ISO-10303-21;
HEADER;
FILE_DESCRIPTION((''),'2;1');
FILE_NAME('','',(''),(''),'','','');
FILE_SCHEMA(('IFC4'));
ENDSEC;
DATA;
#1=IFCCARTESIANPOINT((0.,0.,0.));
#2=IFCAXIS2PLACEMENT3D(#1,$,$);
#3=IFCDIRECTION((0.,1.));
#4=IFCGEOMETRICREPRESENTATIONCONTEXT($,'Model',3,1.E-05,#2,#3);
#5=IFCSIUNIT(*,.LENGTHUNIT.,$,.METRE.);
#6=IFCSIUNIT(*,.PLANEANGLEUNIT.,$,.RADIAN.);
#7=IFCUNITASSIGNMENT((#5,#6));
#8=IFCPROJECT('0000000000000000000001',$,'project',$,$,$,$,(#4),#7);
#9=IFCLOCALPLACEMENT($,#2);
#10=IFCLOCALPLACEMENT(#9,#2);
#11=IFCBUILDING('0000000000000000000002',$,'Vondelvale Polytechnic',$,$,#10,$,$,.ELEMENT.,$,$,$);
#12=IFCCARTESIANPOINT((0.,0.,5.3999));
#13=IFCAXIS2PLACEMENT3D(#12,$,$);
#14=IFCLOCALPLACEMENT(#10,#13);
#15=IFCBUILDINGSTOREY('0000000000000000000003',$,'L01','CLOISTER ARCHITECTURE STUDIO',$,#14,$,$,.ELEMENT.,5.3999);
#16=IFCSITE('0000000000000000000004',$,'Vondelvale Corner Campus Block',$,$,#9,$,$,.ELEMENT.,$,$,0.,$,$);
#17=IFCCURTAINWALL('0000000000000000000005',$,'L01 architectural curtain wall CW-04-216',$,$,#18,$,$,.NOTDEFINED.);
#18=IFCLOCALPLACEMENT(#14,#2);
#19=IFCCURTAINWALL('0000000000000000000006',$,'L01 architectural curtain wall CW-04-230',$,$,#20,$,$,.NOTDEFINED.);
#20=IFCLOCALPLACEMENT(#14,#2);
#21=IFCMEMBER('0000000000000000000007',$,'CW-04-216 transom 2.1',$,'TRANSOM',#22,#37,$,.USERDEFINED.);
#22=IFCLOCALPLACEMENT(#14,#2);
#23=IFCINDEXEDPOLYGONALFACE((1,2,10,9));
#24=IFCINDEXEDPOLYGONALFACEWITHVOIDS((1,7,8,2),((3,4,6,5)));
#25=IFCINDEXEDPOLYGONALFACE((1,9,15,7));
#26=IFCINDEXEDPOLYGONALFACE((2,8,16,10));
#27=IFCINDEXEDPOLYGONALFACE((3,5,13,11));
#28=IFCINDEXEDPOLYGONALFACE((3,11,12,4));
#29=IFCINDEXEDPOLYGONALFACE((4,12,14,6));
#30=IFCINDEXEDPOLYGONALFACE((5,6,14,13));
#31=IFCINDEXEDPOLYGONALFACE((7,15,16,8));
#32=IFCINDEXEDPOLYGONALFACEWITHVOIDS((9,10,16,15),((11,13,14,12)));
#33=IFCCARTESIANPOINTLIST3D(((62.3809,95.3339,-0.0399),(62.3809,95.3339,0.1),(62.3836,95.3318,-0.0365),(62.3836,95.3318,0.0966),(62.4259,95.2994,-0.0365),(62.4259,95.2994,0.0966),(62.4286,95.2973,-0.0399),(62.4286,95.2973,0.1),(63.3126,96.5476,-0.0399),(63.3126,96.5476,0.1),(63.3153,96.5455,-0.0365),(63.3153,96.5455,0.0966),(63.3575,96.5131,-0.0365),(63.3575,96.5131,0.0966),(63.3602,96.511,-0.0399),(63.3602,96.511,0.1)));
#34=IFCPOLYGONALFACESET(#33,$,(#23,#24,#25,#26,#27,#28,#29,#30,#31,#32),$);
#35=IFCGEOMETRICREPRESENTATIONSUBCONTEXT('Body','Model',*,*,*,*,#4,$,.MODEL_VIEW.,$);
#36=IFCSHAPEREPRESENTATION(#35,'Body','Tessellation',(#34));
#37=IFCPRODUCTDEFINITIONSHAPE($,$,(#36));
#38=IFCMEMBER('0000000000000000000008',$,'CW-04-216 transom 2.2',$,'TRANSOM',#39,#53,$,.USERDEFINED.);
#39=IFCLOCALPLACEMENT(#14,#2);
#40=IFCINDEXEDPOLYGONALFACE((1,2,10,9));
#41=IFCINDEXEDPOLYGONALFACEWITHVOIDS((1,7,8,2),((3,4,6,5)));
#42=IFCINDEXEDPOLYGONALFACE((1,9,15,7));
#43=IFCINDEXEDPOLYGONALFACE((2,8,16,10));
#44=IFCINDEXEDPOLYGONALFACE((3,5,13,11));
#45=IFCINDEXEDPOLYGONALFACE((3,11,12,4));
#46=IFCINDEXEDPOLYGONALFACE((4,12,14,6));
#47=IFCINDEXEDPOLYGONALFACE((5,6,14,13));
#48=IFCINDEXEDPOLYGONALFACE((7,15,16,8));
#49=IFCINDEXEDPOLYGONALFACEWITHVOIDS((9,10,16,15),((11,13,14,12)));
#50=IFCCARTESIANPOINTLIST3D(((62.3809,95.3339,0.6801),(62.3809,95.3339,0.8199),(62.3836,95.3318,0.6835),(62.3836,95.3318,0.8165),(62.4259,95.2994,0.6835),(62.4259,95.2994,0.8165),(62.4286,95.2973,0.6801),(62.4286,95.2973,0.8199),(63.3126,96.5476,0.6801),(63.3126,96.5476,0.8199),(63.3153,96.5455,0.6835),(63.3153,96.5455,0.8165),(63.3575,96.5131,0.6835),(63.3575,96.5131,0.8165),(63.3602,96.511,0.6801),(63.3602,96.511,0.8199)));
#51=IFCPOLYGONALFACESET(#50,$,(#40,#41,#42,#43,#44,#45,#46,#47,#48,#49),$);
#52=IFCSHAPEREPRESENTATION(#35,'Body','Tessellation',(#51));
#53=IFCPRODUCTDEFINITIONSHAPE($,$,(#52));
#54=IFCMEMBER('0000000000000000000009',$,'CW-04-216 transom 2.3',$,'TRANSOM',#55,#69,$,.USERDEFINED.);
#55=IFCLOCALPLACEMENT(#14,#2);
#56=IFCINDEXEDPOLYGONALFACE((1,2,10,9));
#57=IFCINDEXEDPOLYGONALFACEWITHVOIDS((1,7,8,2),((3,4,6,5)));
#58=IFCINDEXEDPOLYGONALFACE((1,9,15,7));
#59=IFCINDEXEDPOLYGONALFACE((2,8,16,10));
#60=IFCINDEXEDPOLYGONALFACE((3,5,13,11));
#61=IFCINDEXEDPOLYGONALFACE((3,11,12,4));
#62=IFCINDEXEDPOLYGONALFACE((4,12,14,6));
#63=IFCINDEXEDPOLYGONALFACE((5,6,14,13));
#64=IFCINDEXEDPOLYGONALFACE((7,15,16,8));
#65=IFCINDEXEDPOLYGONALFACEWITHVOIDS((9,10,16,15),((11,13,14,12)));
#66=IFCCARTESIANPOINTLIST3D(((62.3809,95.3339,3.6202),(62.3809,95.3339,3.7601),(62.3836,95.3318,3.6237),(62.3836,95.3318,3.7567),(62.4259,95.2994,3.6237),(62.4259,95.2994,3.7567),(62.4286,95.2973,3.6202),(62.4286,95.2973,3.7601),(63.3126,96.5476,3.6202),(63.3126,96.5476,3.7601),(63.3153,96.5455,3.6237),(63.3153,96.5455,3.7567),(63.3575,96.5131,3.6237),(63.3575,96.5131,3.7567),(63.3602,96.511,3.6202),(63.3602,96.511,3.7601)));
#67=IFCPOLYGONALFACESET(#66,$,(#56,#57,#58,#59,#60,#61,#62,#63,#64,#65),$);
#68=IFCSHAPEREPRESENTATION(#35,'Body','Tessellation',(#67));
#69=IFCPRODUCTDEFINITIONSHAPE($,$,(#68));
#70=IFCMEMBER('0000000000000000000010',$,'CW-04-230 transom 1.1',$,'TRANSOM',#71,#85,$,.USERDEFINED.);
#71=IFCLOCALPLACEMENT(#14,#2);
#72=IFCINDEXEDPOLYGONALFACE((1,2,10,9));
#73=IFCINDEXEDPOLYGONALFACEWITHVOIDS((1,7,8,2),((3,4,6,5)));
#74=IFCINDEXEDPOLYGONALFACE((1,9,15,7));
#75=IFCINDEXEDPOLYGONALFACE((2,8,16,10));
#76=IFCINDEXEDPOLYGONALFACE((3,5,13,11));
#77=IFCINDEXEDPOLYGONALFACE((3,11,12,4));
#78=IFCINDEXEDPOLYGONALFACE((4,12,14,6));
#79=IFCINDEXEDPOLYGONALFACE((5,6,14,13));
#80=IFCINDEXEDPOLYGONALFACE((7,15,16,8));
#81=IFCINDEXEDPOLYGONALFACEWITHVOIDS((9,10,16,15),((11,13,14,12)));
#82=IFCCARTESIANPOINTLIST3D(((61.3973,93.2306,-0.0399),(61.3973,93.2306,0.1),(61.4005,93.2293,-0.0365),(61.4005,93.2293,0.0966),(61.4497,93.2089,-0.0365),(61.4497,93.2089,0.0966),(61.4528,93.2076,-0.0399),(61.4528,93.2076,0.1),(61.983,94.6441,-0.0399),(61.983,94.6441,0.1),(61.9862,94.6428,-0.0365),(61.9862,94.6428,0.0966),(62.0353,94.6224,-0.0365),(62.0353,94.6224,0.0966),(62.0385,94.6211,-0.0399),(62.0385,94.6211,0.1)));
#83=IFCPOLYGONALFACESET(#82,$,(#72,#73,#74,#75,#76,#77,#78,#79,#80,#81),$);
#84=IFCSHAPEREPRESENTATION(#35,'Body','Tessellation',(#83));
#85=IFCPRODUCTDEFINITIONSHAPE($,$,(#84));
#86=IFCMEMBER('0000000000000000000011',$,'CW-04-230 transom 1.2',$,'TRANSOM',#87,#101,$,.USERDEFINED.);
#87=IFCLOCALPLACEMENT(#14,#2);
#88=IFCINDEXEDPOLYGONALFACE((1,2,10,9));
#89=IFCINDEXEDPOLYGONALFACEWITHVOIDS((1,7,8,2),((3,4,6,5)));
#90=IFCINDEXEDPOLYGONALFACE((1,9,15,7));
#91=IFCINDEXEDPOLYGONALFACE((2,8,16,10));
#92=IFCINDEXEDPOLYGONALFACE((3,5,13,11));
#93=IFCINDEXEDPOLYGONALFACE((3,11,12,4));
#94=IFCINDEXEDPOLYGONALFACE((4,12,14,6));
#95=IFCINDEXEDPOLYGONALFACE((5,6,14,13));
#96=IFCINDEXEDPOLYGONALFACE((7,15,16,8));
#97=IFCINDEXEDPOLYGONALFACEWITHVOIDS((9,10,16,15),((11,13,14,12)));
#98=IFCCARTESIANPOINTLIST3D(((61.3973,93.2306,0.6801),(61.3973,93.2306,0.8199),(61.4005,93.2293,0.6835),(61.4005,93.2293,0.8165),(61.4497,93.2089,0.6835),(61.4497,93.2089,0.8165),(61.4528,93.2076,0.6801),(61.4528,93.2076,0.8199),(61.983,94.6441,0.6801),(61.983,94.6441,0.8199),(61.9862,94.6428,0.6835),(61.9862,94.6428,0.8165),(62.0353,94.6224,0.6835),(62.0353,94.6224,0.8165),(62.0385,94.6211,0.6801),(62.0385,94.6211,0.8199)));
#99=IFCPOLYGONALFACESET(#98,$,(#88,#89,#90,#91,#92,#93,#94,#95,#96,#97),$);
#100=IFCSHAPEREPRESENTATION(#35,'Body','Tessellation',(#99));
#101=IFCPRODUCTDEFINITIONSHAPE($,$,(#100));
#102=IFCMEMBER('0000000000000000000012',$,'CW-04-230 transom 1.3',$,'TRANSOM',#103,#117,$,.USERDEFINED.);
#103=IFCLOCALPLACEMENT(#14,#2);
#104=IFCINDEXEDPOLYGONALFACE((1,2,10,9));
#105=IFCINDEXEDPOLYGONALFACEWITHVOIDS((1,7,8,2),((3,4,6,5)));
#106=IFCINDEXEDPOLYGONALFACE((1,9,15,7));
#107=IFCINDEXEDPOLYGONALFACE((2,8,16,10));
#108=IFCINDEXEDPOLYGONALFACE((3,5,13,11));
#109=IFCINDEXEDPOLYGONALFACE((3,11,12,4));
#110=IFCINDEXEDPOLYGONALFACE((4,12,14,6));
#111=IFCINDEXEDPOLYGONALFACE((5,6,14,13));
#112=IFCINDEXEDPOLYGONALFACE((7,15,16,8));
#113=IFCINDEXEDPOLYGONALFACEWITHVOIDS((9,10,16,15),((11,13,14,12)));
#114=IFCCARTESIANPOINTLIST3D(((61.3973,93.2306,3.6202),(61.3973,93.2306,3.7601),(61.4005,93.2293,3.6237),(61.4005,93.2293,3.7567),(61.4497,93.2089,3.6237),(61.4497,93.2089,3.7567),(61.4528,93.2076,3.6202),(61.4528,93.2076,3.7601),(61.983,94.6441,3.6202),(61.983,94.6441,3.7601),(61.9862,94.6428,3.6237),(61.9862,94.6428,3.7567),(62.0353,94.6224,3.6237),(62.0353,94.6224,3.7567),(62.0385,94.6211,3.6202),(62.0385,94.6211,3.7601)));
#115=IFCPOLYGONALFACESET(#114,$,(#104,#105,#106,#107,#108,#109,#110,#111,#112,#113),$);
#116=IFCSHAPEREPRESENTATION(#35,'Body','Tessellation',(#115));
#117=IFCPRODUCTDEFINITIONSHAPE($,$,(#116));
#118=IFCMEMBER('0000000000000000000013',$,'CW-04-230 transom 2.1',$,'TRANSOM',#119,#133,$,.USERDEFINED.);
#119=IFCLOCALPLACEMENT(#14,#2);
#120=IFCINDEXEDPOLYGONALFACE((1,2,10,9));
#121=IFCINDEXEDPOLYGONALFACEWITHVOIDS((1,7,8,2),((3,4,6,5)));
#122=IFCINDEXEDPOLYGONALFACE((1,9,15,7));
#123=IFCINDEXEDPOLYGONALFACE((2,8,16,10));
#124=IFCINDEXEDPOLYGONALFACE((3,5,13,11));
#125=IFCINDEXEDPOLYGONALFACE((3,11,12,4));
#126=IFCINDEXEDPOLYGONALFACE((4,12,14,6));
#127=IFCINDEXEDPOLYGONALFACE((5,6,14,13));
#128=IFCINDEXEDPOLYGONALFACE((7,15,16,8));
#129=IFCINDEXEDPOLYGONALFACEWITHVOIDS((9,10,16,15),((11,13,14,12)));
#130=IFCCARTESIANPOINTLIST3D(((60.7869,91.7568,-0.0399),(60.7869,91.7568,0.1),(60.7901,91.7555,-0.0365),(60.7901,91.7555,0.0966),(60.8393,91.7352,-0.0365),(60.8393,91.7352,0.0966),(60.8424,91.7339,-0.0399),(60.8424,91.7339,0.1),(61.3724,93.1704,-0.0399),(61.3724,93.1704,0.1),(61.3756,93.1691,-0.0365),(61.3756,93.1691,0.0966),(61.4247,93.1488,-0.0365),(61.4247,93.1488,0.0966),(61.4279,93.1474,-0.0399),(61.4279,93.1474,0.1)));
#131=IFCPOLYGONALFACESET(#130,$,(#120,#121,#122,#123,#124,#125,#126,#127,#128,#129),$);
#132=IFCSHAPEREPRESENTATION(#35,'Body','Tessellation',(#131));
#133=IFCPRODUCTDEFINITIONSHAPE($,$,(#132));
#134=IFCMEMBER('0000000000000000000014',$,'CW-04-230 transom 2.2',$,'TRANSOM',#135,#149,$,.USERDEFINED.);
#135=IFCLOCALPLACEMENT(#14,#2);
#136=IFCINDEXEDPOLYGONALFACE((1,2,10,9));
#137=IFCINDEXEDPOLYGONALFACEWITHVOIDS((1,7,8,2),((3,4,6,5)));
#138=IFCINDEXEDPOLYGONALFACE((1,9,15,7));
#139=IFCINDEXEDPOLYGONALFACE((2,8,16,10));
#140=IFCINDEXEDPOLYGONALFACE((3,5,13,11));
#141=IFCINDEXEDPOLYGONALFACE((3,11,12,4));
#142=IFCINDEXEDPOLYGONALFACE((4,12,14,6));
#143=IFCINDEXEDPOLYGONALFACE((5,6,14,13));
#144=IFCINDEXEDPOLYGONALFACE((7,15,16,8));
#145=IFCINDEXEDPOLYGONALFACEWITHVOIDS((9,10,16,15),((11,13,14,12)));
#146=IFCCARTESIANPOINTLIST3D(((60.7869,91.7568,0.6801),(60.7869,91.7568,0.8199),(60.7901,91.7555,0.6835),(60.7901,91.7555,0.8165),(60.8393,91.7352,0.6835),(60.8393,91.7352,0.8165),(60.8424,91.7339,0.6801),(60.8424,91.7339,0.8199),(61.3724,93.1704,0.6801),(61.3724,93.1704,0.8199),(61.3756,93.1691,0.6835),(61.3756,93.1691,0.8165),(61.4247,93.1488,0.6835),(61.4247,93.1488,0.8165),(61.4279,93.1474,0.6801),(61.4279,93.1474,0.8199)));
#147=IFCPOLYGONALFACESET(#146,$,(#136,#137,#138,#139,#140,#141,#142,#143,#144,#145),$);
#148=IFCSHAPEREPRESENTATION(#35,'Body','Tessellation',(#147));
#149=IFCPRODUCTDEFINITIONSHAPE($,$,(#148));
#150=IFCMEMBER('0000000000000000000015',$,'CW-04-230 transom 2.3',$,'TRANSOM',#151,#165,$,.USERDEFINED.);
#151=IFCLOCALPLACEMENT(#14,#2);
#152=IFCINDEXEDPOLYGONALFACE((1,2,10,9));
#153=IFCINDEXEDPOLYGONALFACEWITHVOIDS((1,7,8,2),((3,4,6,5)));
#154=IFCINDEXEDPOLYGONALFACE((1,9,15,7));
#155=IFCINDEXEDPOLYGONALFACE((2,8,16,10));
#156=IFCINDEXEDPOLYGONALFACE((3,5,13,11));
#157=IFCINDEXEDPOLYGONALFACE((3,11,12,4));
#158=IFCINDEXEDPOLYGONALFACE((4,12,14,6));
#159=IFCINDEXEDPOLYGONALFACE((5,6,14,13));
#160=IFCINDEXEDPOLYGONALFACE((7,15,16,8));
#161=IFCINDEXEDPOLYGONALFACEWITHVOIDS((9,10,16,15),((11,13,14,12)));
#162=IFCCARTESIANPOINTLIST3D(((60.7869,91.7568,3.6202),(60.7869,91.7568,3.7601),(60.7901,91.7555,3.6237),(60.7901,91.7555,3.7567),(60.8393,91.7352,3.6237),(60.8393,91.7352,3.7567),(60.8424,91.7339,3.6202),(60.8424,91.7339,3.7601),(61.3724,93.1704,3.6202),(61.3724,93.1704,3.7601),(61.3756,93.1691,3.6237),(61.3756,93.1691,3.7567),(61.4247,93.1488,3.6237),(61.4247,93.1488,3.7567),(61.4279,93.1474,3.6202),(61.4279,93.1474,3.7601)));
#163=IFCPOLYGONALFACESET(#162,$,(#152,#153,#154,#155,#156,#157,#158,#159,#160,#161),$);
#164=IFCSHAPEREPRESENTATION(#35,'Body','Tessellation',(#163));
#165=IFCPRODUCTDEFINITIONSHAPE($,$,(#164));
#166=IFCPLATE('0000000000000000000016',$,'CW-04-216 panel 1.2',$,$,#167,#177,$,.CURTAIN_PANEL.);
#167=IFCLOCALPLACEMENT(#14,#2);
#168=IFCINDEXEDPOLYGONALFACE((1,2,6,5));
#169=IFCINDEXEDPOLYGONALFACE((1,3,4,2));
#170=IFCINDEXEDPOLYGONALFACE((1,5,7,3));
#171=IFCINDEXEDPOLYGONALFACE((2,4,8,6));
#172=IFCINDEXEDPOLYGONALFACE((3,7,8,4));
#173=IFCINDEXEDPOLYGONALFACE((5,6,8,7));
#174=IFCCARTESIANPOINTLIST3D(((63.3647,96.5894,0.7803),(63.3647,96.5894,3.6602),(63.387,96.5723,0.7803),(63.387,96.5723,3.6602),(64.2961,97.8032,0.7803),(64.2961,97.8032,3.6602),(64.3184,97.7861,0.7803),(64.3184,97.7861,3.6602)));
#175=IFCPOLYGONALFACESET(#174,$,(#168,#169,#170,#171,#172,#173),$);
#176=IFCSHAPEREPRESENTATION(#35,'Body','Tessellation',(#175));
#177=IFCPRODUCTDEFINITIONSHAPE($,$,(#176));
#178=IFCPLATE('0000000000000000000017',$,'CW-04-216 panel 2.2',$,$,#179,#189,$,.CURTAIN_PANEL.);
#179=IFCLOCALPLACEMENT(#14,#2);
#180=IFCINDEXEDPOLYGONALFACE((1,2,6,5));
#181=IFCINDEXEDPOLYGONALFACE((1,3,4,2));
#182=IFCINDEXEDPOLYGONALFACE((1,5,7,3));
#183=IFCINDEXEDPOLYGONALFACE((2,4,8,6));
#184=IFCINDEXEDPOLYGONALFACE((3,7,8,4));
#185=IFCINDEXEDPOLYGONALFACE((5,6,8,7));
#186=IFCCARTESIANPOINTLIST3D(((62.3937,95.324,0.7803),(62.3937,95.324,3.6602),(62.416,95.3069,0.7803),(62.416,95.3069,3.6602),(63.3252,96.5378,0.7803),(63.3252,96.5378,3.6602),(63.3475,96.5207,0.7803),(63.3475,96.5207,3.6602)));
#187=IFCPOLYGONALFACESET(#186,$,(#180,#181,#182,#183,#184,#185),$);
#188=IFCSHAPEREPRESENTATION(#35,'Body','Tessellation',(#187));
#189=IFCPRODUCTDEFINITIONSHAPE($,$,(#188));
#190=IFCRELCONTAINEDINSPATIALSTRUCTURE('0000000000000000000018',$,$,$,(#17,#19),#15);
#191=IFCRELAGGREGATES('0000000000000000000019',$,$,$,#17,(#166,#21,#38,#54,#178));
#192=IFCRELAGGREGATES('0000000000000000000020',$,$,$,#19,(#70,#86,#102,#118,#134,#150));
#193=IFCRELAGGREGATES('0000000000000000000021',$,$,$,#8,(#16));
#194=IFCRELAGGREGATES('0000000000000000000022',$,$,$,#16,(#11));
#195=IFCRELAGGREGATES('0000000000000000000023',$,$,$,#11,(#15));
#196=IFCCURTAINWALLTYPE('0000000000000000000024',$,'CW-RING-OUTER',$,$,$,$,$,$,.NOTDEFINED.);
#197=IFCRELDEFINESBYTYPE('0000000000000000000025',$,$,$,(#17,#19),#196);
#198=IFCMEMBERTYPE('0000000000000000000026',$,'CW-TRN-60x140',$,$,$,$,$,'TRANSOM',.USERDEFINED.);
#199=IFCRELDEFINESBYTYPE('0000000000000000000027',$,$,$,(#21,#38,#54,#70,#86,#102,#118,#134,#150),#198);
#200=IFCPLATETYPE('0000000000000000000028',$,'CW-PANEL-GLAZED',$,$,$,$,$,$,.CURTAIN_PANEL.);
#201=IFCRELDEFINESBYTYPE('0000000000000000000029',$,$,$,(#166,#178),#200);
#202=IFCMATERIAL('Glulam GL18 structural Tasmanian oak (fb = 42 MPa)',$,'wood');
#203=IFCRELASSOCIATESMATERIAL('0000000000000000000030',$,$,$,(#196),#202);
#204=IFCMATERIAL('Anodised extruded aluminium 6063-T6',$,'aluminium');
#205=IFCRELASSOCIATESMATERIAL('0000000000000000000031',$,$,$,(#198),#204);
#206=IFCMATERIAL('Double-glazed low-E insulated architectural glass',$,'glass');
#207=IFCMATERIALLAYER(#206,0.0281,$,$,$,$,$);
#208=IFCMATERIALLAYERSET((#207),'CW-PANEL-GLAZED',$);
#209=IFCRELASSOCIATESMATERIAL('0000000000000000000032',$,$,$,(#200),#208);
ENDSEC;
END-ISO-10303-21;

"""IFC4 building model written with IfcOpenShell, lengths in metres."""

from ifc_helpers import new_model, si_unit, direction, frame, origin, origin_2d, place, context, subcontext, project, spatial, rectangle, hollow_rectangle, extrude, material, layer, layer_set, material_profile, profile_set, type_object, element, aggregate, save


model = new_model("IFC4")

# Units and contexts
model_context = context("Model", 3, precision=1e-05, world=origin(), true_north=direction((0.0, 1.0)))
body_context = subcontext(model_context, "Body", "Model", "MODEL_VIEW")
ifc_project = project(units=[si_unit("LENGTHUNIT", "METRE"), si_unit("PLANEANGLEUNIT", "RADIAN")], contexts=[model_context])

# Site, building, storey
site_placement = place(None, origin())
site = spatial("IfcSite", under=ifc_project, at=site_placement, Name="Vondelvale Corner Campus Block", CompositionType="ELEMENT", RefElevation=0.0)
building_placement = place(site_placement, origin())
building = spatial("IfcBuilding", under=site, at=building_placement, Name="Vondelvale Polytechnic", CompositionType="ELEMENT")
storey_placement = place(building_placement, frame((0.0, 0.0, 5.3999)))
storey = spatial("IfcBuildingStorey", under=building, at=storey_placement, Name="L01", Description="CLOISTER ARCHITECTURE STUDIO", CompositionType="ELEMENT", Elevation=5.3999)

# Curtain walls
ifc_material_1 = material(Name="Glulam GL18 structural Tasmanian oak (fb = 42 MPa)", Category="wood")
curtain_wall_type = type_object("IfcCurtainWallType", Name="CW-RING-OUTER", PredefinedType="NOTDEFINED", material=ifc_material_1)
curtain_wall_1_placement = place(storey_placement, origin())
curtain_wall_1 = element("IfcCurtainWall", 1, at=curtain_wall_1_placement, inside=storey, type_object=curtain_wall_type, Name="L01 architectural curtain wall CW-04-216", PredefinedType="NOTDEFINED")
ifc_material_2 = material(Name="Anodised extruded aluminium 6063-T6", Category="aluminium")
curtain_wall_2_placement = place(storey_placement, origin())
curtain_wall_2 = element("IfcCurtainWall", 2, at=curtain_wall_2_placement, inside=storey, type_object=curtain_wall_type, Name="L01 architectural curtain wall CW-04-230", PredefinedType="NOTDEFINED")

# Members
ifc_material_profile_1 = material_profile(ifc_material_2, hollow_rectangle(XDim=0.0601, YDim=0.1399, WallThickness=0.0034, at=origin_2d()), Name="CW-TRN-140x60")
ifc_profile_set_1 = profile_set([ifc_material_profile_1], Name="Anodised extruded aluminium 6063-T6")
member_type_1 = type_object("IfcMemberType", Name="CW-TRN-60x140", ElementType="TRANSOM", PredefinedType="USERDEFINED", material=ifc_profile_set_1)
member_1_placement = place(storey_placement, frame((63.3364, 96.5293, 0.03), z_axis=(-0.608924, -0.793229, 0.0), x_axis=(0.793229, -0.608924, 0.0)))
member_1 = element("IfcMember", 3, at=member_1_placement, type_object=member_type_1, Name="CW-04-216 transom 2.1", ObjectType="TRANSOM", PredefinedType="USERDEFINED", context=body_context, shape_type="SweptSolid", body=[
    extrude(hollow_rectangle(XDim=0.0601, YDim=0.1399, WallThickness=0.0034, at=origin_2d()), origin(), (0.0, 0.0, 1.0), 1.53),
])
member_2_placement = place(storey_placement, frame((63.3364, 96.5293, 0.75), z_axis=(-0.608924, -0.793229, 0.0), x_axis=(0.793229, -0.608924, 0.0)))
member_2 = element("IfcMember", 4, at=member_2_placement, type_object=member_type_1, Name="CW-04-216 transom 2.2", ObjectType="TRANSOM", PredefinedType="USERDEFINED", context=body_context, shape_type="SweptSolid", body=[
    extrude(hollow_rectangle(XDim=0.0601, YDim=0.1399, WallThickness=0.0034, at=origin_2d()), origin(), (0.0, 0.0, 1.0), 1.53),
])
member_3_placement = place(storey_placement, frame((63.3364, 96.5293, 3.6902), z_axis=(-0.608924, -0.793229, 0.0), x_axis=(0.793229, -0.608924, 0.0)))
member_3 = element("IfcMember", 5, at=member_3_placement, type_object=member_type_1, Name="CW-04-216 transom 2.3", ObjectType="TRANSOM", PredefinedType="USERDEFINED", context=body_context, shape_type="SweptSolid", body=[
    extrude(hollow_rectangle(XDim=0.0601, YDim=0.1399, WallThickness=0.0034, at=origin_2d()), origin(), (0.0, 0.0, 1.0), 1.53),
])
member_4_placement = place(storey_placement, frame((62.0107, 94.6326, 0.03), z_axis=(-0.382779, -0.92384, 0.0), x_axis=(0.92384, -0.382779, 0.0)))
member_4 = element("IfcMember", 6, at=member_4_placement, type_object=member_type_1, Name="CW-04-230 transom 1.1", ObjectType="TRANSOM", PredefinedType="USERDEFINED", context=body_context, shape_type="SweptSolid", body=[
    extrude(hollow_rectangle(XDim=0.0601, YDim=0.1399, WallThickness=0.0034, at=origin_2d()), origin(), (0.0, 0.0, 1.0), 1.53),
])
member_5_placement = place(storey_placement, frame((62.0107, 94.6326, 0.75), z_axis=(-0.382779, -0.92384, 0.0), x_axis=(0.92384, -0.382779, 0.0)))
member_5 = element("IfcMember", 7, at=member_5_placement, type_object=member_type_1, Name="CW-04-230 transom 1.2", ObjectType="TRANSOM", PredefinedType="USERDEFINED", context=body_context, shape_type="SweptSolid", body=[
    extrude(hollow_rectangle(XDim=0.0601, YDim=0.1399, WallThickness=0.0034, at=origin_2d()), origin(), (0.0, 0.0, 1.0), 1.53),
])
member_6_placement = place(storey_placement, frame((62.0107, 94.6326, 3.6902), z_axis=(-0.382779, -0.92384, 0.0), x_axis=(0.92384, -0.382779, 0.0)))
member_6 = element("IfcMember", 8, at=member_6_placement, type_object=member_type_1, Name="CW-04-230 transom 1.3", ObjectType="TRANSOM", PredefinedType="USERDEFINED", context=body_context, shape_type="SweptSolid", body=[
    extrude(hollow_rectangle(XDim=0.0601, YDim=0.1399, WallThickness=0.0034, at=origin_2d()), origin(), (0.0, 0.0, 1.0), 1.53),
])
member_7_placement = place(storey_placement, frame((61.4001, 93.1589, 0.03), z_axis=(-0.382643, -0.923896, 0.0), x_axis=(0.923896, -0.382643, 0.0)))
member_7 = element("IfcMember", 9, at=member_7_placement, type_object=member_type_1, Name="CW-04-230 transom 2.1", ObjectType="TRANSOM", PredefinedType="USERDEFINED", context=body_context, shape_type="SweptSolid", body=[
    extrude(hollow_rectangle(XDim=0.0601, YDim=0.1399, WallThickness=0.0034, at=origin_2d()), origin(), (0.0, 0.0, 1.0), 1.53),
])
member_8_placement = place(storey_placement, frame((61.4001, 93.1589, 0.75), z_axis=(-0.382643, -0.923896, 0.0), x_axis=(0.923896, -0.382643, 0.0)))
member_8 = element("IfcMember", 10, at=member_8_placement, type_object=member_type_1, Name="CW-04-230 transom 2.2", ObjectType="TRANSOM", PredefinedType="USERDEFINED", context=body_context, shape_type="SweptSolid", body=[
    extrude(hollow_rectangle(XDim=0.0601, YDim=0.1399, WallThickness=0.0034, at=origin_2d()), origin(), (0.0, 0.0, 1.0), 1.53),
])
member_9_placement = place(storey_placement, frame((61.4001, 93.1589, 3.6902), z_axis=(-0.382643, -0.923896, 0.0), x_axis=(0.923896, -0.382643, 0.0)))
member_9 = element("IfcMember", 11, at=member_9_placement, type_object=member_type_1, Name="CW-04-230 transom 2.3", ObjectType="TRANSOM", PredefinedType="USERDEFINED", context=body_context, shape_type="SweptSolid", body=[
    extrude(hollow_rectangle(XDim=0.0601, YDim=0.1399, WallThickness=0.0034, at=origin_2d()), origin(), (0.0, 0.0, 1.0), 1.53),
])

# Plates
ifc_material_3 = material(Name="Double-glazed low-E insulated architectural glass", Category="glass")
ifc_layer_1 = layer(ifc_material_3, 0.0281)
ifc_layer_set_1 = layer_set([ifc_layer_1], Name="CW-PANEL-GLAZED")
plate_type_1 = type_object("IfcPlateType", Name="CW-PANEL-GLAZED", PredefinedType="CURTAIN_PANEL", material=ifc_layer_set_1)
plate_1_placement = place(storey_placement, frame((63.8416, 97.1877, 0.7803), z_axis=(0.0, 0.0, 1.0), x_axis=(-0.608787, -0.793334, 0.0)))
plate_1 = element("IfcPlate", 12, at=plate_1_placement, type_object=plate_type_1, Name="CW-04-216 panel 1.2", PredefinedType="CURTAIN_PANEL", context=body_context, shape_type="SweptSolid", body=[
    extrude(rectangle(XDim=1.53, YDim=0.0281, at=origin_2d()), origin(), (0.0, 0.0, 1.0), 2.8799),
])
plate_2_placement = place(storey_placement, frame((62.8706, 95.9224, 0.7803), z_axis=(0.0, 0.0, 1.0), x_axis=(-0.608787, -0.793334, 0.0)))
plate_2 = element("IfcPlate", 13, at=plate_2_placement, type_object=plate_type_1, Name="CW-04-216 panel 2.2", PredefinedType="CURTAIN_PANEL", context=body_context, shape_type="SweptSolid", body=[
    extrude(rectangle(XDim=1.53, YDim=0.0281, at=origin_2d()), origin(), (0.0, 0.0, 1.0), 2.8799),
])
aggregate(curtain_wall_1, [plate_1, member_1, member_2, member_3, plate_2])
aggregate(curtain_wall_2, [member_4, member_5, member_6, member_7, member_8, member_9])

save(model, "model.ifc")
